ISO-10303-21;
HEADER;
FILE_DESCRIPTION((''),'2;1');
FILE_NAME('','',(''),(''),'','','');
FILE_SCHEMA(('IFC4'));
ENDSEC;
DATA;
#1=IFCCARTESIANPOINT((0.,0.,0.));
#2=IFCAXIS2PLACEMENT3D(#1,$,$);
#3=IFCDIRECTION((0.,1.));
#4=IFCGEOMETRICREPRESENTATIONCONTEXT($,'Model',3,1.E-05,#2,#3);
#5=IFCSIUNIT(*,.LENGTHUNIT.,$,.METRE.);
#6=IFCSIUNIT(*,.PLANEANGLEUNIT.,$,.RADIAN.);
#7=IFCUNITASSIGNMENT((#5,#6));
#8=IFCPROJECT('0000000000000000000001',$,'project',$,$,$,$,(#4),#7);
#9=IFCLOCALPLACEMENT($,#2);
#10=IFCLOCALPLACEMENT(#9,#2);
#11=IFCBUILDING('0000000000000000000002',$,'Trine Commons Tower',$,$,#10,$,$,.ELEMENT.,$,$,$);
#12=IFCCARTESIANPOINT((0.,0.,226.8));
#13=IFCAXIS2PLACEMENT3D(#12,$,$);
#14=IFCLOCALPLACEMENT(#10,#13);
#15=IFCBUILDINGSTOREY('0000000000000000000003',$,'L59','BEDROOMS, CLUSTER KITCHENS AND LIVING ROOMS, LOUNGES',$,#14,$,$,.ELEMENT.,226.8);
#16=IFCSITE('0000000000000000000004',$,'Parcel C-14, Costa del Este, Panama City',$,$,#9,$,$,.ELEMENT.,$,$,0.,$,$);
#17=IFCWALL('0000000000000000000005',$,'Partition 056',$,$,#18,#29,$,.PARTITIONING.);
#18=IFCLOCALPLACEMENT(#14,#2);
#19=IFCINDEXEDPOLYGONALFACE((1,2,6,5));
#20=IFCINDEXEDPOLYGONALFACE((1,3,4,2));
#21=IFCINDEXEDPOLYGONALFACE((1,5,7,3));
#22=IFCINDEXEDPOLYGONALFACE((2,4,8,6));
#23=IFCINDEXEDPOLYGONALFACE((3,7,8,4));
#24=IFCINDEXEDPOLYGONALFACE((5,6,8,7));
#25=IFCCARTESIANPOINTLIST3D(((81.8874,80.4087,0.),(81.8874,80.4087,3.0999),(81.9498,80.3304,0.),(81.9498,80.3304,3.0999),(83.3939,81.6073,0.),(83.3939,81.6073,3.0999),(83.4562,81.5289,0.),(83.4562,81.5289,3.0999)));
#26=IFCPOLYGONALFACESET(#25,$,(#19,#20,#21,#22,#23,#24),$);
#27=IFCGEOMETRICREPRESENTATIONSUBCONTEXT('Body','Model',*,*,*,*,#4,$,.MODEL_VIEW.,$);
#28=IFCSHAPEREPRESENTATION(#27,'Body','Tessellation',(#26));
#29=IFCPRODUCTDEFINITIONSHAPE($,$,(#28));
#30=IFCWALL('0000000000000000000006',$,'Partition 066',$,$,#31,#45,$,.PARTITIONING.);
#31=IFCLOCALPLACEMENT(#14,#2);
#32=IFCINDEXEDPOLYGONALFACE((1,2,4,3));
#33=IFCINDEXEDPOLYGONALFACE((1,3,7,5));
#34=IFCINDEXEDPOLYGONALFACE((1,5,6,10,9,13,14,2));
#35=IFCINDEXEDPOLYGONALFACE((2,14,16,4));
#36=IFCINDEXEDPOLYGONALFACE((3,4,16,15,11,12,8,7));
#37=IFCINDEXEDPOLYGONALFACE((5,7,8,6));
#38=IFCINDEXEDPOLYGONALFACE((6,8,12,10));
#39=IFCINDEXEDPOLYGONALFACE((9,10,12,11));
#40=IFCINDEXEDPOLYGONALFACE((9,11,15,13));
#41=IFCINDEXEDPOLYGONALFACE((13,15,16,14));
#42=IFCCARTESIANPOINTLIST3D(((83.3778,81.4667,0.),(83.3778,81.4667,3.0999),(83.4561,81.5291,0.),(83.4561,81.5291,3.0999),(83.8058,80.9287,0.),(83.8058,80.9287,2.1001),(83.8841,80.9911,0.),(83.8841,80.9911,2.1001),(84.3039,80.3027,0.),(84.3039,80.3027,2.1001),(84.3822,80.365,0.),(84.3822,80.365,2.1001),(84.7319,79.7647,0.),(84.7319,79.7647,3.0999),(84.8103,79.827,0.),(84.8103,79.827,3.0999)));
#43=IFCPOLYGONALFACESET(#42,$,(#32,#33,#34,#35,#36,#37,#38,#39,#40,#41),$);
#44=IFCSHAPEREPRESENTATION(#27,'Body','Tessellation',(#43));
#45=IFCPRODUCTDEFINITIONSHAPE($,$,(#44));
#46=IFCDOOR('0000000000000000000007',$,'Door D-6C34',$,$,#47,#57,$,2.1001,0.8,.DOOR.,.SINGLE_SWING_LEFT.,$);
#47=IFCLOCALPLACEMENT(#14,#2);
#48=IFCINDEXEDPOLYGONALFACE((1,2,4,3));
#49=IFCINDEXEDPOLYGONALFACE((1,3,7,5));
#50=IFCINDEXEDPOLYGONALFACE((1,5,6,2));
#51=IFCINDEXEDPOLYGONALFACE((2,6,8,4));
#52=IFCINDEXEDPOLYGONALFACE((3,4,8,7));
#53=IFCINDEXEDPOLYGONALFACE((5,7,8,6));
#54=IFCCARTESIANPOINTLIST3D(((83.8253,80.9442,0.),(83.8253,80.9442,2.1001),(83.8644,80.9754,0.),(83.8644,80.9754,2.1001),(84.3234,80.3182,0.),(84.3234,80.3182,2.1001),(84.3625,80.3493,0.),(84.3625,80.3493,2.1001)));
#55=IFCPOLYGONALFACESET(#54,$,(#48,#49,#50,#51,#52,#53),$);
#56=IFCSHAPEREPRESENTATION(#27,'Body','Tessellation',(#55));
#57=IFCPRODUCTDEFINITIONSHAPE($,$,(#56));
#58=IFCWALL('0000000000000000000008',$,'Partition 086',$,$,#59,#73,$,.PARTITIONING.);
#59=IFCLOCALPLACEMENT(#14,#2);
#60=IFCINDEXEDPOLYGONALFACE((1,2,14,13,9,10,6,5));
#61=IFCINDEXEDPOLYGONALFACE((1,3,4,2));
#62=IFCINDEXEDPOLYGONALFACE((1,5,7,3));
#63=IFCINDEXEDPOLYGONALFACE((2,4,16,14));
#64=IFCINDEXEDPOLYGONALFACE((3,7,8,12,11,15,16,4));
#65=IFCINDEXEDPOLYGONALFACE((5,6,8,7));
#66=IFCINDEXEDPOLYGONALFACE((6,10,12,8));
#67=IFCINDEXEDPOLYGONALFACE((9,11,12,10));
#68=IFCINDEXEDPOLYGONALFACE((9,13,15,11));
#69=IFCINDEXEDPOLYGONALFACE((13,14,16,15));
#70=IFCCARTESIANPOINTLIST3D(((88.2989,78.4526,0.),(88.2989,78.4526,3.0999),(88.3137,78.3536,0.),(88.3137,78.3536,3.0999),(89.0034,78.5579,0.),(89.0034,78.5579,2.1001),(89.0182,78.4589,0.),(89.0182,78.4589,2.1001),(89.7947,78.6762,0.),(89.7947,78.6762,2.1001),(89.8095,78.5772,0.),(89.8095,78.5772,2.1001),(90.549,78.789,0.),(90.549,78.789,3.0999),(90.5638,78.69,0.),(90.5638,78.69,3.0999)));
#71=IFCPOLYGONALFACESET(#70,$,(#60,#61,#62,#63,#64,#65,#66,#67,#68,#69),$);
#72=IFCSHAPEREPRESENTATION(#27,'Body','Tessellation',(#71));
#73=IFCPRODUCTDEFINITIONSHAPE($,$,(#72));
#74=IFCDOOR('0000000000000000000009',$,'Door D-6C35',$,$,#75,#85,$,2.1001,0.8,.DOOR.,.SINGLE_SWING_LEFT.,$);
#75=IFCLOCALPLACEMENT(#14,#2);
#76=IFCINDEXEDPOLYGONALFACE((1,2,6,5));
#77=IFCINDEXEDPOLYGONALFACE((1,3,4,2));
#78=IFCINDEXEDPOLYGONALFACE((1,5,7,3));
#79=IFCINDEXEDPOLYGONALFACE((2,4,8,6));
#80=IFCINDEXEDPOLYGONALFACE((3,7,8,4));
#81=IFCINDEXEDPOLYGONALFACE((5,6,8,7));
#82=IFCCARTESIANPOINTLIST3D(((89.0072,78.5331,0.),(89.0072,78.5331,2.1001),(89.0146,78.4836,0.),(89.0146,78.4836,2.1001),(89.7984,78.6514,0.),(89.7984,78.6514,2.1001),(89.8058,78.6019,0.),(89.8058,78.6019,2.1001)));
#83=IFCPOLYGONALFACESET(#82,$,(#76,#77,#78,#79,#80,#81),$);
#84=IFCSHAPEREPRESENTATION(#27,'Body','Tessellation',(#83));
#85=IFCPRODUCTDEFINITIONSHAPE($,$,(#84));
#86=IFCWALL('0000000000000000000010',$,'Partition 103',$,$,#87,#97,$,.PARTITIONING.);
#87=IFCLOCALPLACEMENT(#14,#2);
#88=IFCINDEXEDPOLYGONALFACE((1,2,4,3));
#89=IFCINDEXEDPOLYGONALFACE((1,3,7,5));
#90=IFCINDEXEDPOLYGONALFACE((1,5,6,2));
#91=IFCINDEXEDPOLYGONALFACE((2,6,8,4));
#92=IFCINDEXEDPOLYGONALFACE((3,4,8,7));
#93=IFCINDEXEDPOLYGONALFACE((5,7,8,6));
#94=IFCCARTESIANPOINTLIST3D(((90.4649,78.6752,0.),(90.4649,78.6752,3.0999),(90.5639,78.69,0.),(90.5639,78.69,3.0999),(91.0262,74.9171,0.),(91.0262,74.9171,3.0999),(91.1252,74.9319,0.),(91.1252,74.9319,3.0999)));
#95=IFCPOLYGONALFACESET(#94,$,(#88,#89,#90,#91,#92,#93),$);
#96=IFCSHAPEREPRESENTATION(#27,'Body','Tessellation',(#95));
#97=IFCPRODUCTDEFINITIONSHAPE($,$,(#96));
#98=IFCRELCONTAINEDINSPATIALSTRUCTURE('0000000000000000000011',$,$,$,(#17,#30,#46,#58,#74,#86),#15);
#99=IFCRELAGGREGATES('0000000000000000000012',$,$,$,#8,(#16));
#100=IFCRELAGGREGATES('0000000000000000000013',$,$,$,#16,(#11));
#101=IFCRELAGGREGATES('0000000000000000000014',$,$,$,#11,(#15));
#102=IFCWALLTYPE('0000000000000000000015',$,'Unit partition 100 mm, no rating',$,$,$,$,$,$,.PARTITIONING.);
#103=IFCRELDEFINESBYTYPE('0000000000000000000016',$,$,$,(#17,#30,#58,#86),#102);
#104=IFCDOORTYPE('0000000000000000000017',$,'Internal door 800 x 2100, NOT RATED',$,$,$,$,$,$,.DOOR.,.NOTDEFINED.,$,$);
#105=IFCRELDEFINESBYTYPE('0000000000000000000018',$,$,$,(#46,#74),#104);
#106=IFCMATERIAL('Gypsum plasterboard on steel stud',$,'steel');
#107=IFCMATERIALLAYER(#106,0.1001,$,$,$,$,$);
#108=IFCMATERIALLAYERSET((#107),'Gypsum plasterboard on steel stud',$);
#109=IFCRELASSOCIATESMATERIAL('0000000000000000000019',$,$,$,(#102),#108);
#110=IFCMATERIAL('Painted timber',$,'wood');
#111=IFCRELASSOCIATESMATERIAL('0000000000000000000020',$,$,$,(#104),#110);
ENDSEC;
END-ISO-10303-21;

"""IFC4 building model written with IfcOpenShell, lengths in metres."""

from ifc_helpers import new_model, si_unit, direction, frame, frame_2d, origin, place, context, subcontext, project, spatial, rectangle, extrude, material, layer, layer_set, type_object, element, fill, save


model = new_model("IFC4")

# Units and contexts
model_context = context("Model", 3, precision=1e-05, world=origin(), true_north=direction((0.0, 1.0)))
body_context = subcontext(model_context, "Body", "Model", "MODEL_VIEW")
ifc_project = project(units=[si_unit("LENGTHUNIT", "METRE"), si_unit("PLANEANGLEUNIT", "RADIAN")], contexts=[model_context])

# Site, building, storey
site_placement = place(None, origin())
site = spatial("IfcSite", under=ifc_project, at=site_placement, Name="Parcel C-14, Costa del Este, Panama City", CompositionType="ELEMENT", RefElevation=0.0)
building_placement = place(site_placement, origin())
building = spatial("IfcBuilding", under=site, at=building_placement, Name="Trine Commons Tower", CompositionType="ELEMENT")
storey_placement = place(building_placement, frame((0.0, 0.0, 226.8)))
storey = spatial("IfcBuildingStorey", under=building, at=storey_placement, Name="L59", Description="BEDROOMS, CLUSTER KITCHENS AND LIVING ROOMS, LOUNGES", CompositionType="ELEMENT", Elevation=226.8)

# Shared definitions
ifc_material_1 = material(Name="Gypsum plasterboard on steel stud", Category="steel")

# Shared definitions
ifc_material_2 = material(Name="Painted timber", Category="wood")

# Wall
ifc_layer_1 = layer(ifc_material_1, 0.1001)
ifc_layer_set_1 = layer_set([ifc_layer_1], Name="Gypsum plasterboard on steel stud")
wall_type_1 = type_object("IfcWallType", Name="Unit partition 100 mm, no rating", PredefinedType="PARTITIONING", material=ifc_layer_set_1)
wall_1_placement = place(storey_placement, frame((81.9187, 80.3696, 0.0), z_axis=(0.0, 0.0, 1.0), x_axis=(0.782536, 0.622605, 0.0)))
element("IfcWall", 1, at=wall_1_placement, inside=storey, type_object=wall_type_1, Name="Partition 056", PredefinedType="PARTITIONING", context=body_context, shape_type="SweptSolid", body=[
    extrude(rectangle(XDim=1.925, YDim=0.1001, at=frame_2d((0.9624, 0.0))), origin(), (0.0, 0.0, 1.0), 3.0999),
])

# Walls, openings, doors
wall_2_placement = place(storey_placement, frame((83.417, 81.4978, 0.0), z_axis=(0.0, 0.0, 1.0), x_axis=(0.622599, -0.782541, 0.0)))
wall_2 = element("IfcWall", 2, at=wall_2_placement, inside=storey, type_object=wall_type_1, Name="Partition 066", PredefinedType="PARTITIONING", context=body_context, shape_type="SweptSolid", body=[
    extrude(rectangle(XDim=2.175, YDim=0.1001, at=frame_2d((1.0874, 0.0))), origin(), (0.0, 0.0, 1.0), 3.0999),
])
opening_1_placement = place(wall_2_placement, frame((0.6875, 0.0, 0.0)))
opening_1 = element("IfcOpeningElement", 3, at=opening_1_placement, cuts=wall_2, PredefinedType="OPENING", context=body_context, shape_type="SweptSolid", body=[
    extrude(rectangle(XDim=0.8, YDim=2.1001, at=frame_2d((0.3999, 1.05))), frame((0.0, 0.0601, 0.0), z_axis=(0.0, -1.0, 0.0), x_axis=(1.0, 0.0, 0.0)), (0.0, 0.0, 1.0), 0.1201),
])
door_type_1 = type_object("IfcDoorType", Name="Internal door 800 x 2100, NOT RATED", OperationType="NOTDEFINED", PredefinedType="DOOR", material=ifc_material_2)
door_1_placement = place(opening_1_placement, origin())
door_1 = element("IfcDoor", 4, at=door_1_placement, inside=storey, type_object=door_type_1, Name="Door D-6C34", OperationType="SINGLE_SWING_LEFT", OverallHeight=2.1001, OverallWidth=0.8, PredefinedType="DOOR", context=body_context, shape_type="SweptSolid", body=[
    extrude(rectangle(XDim=0.8, YDim=2.1001, at=frame_2d((0.3999, 1.05))), frame((0.0, 0.0249, 0.0), z_axis=(0.0, -1.0, 0.0), x_axis=(1.0, 0.0, 0.0)), (0.0, 0.0, 1.0), 0.05),
])
fill(opening_1, door_1)
wall_3_placement = place(storey_placement, frame((88.3062, 78.4031, 0.0), z_axis=(0.0, 0.0, 1.0), x_axis=(0.989008, 0.147863, 0.0)))
wall_3 = element("IfcWall", 5, at=wall_3_placement, inside=storey, type_object=wall_type_1, Name="Partition 086", PredefinedType="PARTITIONING", context=body_context, shape_type="SweptSolid", body=[
    extrude(rectangle(XDim=2.2751, YDim=0.1001, at=frame_2d((1.1377, 0.0))), origin(), (0.0, 0.0, 1.0), 3.0999),
])
opening_2_placement = place(wall_3_placement, frame((0.7126, 0.0, 0.0)))
opening_2 = element("IfcOpeningElement", 6, at=opening_2_placement, cuts=wall_3, PredefinedType="OPENING", context=body_context, shape_type="SweptSolid", body=[
    extrude(rectangle(XDim=0.8, YDim=2.1001, at=frame_2d((0.3999, 1.05))), frame((0.0, 0.0601, 0.0), z_axis=(0.0, -1.0, 0.0), x_axis=(1.0, 0.0, 0.0)), (0.0, 0.0, 1.0), 0.1201),
])
door_2_placement = place(opening_2_placement, origin())
door_2 = element("IfcDoor", 7, at=door_2_placement, inside=storey, type_object=door_type_1, Name="Door D-6C35", OperationType="SINGLE_SWING_LEFT", OverallHeight=2.1001, OverallWidth=0.8, PredefinedType="DOOR", context=body_context, shape_type="SweptSolid", body=[
    extrude(rectangle(XDim=0.8, YDim=2.1001, at=frame_2d((0.3999, 1.05))), frame((0.0, 0.0249, 0.0), z_axis=(0.0, -1.0, 0.0), x_axis=(1.0, 0.0, 0.0)), (0.0, 0.0, 1.0), 0.05),
])
fill(opening_2, door_2)

# Wall
wall_4_placement = place(storey_placement, frame((90.5144, 78.6826, 0.0), z_axis=(0.0, 0.0, 1.0), x_axis=(0.147715, -0.98903, 0.0)))
element("IfcWall", 8, at=wall_4_placement, inside=storey, type_object=wall_type_1, Name="Partition 103", PredefinedType="PARTITIONING", context=body_context, shape_type="SweptSolid", body=[
    extrude(rectangle(XDim=3.7998, YDim=0.1001, at=frame_2d((1.8999, 0.0))), origin(), (0.0, 0.0, 1.0), 3.0999),
])

save(model, "model.ifc")
